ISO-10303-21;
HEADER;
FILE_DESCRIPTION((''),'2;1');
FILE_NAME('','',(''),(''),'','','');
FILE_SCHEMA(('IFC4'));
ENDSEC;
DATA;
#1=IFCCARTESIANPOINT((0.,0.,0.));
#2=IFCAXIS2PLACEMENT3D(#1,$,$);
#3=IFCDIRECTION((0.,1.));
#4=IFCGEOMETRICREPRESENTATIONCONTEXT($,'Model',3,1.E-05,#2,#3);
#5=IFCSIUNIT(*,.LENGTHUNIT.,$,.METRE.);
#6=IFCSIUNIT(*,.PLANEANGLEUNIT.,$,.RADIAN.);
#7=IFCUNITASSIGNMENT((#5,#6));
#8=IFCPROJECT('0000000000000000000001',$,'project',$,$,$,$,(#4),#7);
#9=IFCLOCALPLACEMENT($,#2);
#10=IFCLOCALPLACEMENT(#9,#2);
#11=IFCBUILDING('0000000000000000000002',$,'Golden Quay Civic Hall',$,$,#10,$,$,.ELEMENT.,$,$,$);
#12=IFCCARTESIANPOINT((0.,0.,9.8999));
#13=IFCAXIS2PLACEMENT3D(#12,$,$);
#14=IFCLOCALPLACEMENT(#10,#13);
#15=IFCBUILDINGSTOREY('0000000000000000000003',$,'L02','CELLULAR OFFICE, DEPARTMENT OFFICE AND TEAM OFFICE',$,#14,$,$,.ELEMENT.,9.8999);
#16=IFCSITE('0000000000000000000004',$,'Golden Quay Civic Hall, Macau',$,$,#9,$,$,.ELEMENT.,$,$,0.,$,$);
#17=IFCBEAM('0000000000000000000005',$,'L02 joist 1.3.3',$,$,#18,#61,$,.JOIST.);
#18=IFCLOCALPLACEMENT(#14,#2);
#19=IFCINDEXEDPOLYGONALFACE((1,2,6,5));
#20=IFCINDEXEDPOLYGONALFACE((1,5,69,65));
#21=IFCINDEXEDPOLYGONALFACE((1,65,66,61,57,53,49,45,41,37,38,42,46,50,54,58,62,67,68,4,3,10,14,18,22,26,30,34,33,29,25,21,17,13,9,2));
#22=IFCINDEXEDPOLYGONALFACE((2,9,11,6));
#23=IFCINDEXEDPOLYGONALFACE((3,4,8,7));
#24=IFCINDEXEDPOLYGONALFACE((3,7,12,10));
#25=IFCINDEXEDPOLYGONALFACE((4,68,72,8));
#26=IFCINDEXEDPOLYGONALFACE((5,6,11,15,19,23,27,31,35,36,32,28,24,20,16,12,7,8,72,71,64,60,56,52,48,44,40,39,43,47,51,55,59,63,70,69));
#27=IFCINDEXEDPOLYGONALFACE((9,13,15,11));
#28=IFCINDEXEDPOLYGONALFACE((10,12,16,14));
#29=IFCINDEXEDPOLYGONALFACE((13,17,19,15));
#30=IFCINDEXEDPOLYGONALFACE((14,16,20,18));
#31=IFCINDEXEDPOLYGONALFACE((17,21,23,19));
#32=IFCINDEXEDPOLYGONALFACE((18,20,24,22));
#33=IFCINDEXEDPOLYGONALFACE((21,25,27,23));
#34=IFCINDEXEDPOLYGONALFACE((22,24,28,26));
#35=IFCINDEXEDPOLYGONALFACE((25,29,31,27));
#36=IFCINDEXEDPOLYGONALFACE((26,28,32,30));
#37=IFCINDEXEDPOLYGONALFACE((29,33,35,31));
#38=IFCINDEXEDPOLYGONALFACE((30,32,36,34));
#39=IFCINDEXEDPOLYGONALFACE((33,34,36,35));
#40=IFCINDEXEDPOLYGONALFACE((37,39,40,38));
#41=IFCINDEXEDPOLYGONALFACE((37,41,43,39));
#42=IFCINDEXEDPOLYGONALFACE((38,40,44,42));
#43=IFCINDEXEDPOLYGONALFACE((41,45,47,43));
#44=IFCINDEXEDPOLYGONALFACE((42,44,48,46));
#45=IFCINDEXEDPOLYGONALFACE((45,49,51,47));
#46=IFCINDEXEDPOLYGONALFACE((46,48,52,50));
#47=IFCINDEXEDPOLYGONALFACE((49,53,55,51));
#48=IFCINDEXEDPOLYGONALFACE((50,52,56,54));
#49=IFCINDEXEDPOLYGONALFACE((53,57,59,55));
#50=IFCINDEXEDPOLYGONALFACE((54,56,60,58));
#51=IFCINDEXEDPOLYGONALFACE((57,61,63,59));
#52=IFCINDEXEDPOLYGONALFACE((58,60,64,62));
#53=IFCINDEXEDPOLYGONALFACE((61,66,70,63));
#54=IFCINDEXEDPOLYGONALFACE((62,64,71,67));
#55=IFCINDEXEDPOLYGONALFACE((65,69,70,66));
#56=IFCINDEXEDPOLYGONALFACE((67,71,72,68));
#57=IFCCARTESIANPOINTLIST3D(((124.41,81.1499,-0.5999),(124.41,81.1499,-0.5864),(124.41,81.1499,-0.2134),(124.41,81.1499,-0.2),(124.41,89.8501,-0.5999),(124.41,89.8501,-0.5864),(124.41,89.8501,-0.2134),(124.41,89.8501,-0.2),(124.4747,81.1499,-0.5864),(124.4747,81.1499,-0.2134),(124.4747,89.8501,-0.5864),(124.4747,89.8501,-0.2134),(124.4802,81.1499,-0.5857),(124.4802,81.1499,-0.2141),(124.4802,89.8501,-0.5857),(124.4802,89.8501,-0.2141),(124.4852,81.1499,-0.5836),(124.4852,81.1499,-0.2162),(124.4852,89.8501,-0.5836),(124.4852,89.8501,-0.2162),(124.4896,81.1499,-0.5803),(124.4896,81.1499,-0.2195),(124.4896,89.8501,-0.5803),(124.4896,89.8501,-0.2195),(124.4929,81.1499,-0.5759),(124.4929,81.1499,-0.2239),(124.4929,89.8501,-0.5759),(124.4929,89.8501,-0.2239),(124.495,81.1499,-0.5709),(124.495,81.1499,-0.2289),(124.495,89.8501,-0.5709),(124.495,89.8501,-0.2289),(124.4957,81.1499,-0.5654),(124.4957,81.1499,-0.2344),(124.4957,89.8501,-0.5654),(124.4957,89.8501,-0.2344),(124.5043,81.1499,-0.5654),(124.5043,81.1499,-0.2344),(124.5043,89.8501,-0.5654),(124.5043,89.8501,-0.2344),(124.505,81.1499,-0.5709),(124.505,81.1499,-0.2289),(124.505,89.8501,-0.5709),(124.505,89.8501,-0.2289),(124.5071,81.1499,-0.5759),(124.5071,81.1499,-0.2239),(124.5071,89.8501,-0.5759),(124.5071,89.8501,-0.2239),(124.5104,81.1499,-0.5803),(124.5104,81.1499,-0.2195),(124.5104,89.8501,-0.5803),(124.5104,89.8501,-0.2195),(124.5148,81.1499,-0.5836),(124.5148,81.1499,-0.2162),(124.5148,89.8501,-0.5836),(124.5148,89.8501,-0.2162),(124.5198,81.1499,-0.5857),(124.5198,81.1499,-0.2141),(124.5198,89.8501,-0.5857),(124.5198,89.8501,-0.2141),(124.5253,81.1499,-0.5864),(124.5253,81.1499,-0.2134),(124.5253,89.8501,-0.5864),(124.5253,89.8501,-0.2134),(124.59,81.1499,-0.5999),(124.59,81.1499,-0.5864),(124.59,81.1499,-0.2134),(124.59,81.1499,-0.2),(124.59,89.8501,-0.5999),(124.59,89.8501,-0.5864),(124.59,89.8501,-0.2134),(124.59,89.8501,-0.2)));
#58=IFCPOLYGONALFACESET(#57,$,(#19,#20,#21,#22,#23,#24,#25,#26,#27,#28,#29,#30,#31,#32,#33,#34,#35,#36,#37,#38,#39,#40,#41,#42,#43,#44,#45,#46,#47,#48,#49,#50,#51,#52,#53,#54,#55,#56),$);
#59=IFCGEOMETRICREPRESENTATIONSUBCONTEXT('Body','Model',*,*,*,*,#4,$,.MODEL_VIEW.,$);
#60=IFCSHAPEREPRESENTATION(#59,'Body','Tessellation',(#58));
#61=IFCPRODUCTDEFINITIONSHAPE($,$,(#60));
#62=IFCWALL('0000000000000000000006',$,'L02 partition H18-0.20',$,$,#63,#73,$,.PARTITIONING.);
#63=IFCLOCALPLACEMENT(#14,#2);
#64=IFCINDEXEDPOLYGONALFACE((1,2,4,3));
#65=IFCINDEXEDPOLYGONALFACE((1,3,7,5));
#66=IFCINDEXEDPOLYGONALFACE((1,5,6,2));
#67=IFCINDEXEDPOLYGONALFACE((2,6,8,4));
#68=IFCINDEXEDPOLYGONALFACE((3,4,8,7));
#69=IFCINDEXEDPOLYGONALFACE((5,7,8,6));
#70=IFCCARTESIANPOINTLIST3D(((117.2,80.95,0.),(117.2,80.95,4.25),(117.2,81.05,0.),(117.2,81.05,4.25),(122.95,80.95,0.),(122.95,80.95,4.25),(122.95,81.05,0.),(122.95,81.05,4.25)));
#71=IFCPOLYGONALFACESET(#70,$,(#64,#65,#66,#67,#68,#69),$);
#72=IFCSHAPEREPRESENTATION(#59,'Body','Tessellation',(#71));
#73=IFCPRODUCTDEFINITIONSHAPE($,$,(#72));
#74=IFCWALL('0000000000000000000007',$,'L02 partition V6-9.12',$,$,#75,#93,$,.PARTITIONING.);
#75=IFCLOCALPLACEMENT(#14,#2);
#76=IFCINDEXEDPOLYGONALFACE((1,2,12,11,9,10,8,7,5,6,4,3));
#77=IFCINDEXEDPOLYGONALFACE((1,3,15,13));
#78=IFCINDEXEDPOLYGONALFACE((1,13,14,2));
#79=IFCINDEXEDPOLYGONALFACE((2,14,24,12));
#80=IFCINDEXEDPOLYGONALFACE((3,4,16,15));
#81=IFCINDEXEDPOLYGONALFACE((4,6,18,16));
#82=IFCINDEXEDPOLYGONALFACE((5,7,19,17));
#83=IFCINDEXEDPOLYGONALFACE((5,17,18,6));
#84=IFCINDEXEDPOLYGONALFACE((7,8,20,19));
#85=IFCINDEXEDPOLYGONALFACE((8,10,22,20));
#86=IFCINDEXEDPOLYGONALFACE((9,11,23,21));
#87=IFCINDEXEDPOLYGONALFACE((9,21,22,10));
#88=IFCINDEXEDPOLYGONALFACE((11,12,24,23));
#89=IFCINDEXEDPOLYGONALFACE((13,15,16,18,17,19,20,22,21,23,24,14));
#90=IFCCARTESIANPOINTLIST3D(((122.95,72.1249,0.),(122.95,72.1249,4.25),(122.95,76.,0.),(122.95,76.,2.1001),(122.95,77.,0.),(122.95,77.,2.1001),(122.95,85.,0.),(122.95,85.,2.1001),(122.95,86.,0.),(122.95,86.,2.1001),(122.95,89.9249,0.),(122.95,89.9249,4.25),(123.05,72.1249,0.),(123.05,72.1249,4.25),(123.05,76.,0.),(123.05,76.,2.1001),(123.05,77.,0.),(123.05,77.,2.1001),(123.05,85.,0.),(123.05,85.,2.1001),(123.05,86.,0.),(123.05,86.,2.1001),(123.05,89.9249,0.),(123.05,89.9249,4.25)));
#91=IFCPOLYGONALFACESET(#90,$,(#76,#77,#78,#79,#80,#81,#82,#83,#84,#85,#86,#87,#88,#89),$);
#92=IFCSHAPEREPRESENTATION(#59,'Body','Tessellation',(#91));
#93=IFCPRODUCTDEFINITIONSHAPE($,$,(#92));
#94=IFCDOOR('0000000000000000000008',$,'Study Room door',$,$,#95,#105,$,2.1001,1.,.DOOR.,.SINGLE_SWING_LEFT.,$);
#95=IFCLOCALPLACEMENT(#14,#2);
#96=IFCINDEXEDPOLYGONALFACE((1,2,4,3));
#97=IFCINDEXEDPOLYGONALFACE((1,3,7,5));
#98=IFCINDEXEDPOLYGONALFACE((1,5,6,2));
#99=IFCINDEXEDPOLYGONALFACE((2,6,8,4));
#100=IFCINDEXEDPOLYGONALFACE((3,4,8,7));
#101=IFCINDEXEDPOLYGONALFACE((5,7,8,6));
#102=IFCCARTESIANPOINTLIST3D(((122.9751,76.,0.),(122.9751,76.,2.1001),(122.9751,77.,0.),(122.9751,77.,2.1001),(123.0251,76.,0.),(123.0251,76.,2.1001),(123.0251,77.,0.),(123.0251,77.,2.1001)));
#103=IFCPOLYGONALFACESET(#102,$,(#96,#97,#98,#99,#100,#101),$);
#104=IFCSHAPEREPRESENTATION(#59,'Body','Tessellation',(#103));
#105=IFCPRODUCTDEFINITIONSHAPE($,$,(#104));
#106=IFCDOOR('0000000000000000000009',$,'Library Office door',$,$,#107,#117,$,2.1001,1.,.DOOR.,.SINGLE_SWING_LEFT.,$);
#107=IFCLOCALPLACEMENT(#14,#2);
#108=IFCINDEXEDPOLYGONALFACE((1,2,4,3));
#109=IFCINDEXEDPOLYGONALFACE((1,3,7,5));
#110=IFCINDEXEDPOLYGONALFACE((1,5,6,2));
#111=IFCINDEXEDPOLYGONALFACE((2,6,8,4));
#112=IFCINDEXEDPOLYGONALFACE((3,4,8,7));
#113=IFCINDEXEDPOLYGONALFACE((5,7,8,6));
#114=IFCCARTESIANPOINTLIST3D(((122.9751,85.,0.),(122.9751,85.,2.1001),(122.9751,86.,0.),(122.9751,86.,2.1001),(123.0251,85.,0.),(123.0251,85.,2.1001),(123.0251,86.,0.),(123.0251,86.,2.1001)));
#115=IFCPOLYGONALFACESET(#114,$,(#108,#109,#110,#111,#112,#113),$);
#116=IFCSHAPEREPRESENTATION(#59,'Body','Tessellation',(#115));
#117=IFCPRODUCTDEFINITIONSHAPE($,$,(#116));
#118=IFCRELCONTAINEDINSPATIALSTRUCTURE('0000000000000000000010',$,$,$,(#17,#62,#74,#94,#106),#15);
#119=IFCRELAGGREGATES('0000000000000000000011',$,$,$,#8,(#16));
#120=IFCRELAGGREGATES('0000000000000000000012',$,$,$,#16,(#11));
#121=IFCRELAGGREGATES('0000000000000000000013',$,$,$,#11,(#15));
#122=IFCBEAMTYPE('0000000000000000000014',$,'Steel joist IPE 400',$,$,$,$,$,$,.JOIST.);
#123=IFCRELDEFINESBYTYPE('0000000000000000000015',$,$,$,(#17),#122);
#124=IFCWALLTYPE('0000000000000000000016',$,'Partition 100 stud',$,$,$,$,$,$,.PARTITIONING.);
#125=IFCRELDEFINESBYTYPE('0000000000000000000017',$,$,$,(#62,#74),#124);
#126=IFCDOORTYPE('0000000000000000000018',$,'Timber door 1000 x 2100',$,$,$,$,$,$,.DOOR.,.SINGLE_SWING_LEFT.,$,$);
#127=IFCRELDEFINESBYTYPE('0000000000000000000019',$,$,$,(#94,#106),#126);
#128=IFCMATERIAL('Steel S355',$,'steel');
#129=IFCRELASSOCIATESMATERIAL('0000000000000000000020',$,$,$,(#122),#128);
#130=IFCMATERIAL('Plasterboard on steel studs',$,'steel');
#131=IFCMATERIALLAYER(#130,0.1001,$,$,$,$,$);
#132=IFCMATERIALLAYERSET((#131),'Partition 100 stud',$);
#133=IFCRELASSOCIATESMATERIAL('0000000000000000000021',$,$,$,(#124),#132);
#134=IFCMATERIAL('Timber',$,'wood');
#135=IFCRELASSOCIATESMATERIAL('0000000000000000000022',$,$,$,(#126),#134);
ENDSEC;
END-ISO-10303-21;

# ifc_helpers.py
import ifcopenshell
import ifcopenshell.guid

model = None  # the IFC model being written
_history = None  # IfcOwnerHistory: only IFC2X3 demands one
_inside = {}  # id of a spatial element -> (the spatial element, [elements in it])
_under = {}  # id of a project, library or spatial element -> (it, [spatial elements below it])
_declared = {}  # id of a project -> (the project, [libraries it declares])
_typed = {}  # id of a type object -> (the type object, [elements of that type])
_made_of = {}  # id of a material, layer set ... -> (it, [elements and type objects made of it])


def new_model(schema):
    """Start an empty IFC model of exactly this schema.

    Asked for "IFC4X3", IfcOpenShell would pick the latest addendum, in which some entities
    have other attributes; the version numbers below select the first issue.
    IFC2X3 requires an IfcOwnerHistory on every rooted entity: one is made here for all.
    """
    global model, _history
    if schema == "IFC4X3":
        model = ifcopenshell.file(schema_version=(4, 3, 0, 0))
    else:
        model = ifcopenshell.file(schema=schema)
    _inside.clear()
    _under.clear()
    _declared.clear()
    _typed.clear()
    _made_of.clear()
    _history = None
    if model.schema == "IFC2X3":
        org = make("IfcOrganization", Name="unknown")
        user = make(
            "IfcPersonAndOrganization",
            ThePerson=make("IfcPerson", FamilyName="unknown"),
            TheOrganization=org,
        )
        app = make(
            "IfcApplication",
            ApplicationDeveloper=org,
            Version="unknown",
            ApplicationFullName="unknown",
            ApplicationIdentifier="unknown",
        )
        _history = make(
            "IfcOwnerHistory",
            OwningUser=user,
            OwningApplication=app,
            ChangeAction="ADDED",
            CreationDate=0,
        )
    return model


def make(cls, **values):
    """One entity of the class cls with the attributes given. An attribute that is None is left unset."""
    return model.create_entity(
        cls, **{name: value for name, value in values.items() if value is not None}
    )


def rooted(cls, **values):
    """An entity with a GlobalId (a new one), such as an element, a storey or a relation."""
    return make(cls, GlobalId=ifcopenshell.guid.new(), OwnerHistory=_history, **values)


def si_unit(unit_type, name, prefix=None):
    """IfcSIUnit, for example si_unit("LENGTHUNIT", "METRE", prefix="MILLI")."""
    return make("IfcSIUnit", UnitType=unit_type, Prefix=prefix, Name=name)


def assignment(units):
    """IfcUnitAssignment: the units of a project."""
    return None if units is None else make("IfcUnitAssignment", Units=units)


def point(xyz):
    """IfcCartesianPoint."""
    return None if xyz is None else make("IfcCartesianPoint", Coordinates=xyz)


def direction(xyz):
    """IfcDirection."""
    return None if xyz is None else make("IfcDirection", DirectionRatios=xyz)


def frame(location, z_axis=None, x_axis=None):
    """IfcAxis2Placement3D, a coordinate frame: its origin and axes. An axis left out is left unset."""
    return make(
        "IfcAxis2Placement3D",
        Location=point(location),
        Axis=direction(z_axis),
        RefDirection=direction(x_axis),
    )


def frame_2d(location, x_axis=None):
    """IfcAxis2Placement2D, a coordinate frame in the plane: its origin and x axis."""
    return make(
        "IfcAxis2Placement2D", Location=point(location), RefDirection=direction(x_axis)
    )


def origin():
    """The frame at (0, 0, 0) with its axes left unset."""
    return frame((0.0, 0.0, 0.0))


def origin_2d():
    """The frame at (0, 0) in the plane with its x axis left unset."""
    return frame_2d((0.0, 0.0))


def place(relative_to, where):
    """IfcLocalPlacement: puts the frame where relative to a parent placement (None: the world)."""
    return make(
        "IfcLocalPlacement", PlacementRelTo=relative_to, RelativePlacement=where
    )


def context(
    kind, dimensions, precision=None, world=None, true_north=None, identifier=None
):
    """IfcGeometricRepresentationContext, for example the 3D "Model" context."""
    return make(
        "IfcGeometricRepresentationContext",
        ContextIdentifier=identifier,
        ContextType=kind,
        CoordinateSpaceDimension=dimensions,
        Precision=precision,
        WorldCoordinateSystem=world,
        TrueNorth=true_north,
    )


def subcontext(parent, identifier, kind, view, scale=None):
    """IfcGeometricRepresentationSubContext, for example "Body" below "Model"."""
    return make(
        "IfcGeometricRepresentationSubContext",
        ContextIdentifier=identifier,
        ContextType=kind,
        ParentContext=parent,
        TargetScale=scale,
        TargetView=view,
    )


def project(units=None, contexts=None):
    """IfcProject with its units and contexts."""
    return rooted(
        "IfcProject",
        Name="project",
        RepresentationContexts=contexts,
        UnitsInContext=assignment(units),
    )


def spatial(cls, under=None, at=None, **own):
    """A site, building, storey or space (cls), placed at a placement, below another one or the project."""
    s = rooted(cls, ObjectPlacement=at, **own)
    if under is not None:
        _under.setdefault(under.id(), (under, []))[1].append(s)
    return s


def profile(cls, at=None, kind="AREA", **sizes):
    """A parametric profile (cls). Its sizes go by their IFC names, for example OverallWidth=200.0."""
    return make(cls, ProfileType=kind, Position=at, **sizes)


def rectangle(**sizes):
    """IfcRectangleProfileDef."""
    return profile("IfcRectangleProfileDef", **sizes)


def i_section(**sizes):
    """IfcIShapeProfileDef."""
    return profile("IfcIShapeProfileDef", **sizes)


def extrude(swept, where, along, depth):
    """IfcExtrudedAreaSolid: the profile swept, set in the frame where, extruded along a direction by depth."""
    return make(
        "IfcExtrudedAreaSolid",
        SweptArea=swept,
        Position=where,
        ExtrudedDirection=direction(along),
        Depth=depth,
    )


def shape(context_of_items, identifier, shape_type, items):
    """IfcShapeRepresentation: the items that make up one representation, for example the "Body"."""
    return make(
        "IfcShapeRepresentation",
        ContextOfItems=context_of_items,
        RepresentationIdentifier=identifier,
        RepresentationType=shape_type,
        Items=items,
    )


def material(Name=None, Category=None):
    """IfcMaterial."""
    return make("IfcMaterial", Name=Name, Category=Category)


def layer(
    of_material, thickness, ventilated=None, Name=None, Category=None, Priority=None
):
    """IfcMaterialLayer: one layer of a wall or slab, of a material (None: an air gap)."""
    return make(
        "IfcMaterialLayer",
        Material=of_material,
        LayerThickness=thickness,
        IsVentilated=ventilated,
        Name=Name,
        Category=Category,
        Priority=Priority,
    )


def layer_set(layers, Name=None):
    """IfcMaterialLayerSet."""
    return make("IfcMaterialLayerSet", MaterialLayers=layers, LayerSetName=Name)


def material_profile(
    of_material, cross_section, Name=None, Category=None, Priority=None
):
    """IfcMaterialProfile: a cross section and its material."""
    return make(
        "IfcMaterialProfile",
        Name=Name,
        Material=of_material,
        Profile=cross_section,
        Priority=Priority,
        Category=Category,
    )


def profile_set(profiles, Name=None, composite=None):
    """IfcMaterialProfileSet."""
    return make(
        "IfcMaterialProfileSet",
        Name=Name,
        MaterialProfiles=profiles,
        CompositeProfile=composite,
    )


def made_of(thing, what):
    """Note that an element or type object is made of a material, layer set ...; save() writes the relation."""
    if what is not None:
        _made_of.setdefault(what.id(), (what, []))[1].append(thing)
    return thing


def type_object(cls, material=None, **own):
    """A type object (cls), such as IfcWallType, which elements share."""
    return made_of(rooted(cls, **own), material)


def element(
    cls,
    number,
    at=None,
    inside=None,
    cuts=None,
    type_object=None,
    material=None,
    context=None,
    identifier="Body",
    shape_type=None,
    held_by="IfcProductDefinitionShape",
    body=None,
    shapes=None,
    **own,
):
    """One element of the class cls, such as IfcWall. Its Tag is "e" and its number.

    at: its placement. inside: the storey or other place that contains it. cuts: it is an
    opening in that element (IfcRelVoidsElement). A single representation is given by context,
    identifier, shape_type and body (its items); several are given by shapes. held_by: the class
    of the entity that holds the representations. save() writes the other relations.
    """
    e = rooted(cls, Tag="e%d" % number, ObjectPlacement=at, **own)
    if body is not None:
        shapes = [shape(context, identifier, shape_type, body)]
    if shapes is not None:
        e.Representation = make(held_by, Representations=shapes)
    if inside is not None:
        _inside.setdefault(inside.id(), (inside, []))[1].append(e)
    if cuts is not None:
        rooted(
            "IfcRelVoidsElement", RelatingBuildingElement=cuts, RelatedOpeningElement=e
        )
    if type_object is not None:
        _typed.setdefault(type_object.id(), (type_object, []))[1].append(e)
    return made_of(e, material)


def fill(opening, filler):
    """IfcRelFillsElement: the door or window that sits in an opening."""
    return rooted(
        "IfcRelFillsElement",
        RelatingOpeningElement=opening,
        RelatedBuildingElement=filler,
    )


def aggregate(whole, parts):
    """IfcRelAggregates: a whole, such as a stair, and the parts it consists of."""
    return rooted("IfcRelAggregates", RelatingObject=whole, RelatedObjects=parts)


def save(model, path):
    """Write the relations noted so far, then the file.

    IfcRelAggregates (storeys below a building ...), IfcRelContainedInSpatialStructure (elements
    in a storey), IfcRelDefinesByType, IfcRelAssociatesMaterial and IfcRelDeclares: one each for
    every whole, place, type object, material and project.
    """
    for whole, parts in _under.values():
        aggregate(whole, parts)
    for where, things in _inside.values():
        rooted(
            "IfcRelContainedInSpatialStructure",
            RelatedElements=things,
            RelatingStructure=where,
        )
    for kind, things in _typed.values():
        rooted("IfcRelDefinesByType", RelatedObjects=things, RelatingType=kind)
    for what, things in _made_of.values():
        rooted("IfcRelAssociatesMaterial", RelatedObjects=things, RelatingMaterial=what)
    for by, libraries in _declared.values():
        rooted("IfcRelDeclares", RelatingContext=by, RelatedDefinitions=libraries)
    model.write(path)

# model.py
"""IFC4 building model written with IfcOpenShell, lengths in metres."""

from ifc_helpers import new_model, si_unit, direction, frame, frame_2d, origin, origin_2d, place, context, subcontext, project, spatial, rectangle, i_section, extrude, material, layer, layer_set, material_profile, profile_set, type_object, element, fill, save


model = new_model("IFC4")

# Units and contexts
model_context = context("Model", 3, precision=1e-05, world=origin(), true_north=direction((0.0, 1.0)))
body_context = subcontext(model_context, "Body", "Model", "MODEL_VIEW")
ifc_project = project(units=[si_unit("LENGTHUNIT", "METRE"), si_unit("PLANEANGLEUNIT", "RADIAN")], contexts=[model_context])

# Site, building, storey
site_placement = place(None, origin())
site = spatial("IfcSite", under=ifc_project, at=site_placement, Name="Golden Quay Civic Hall, Macau", CompositionType="ELEMENT", RefElevation=0.0)
building_placement = place(site_placement, origin())
building = spatial("IfcBuilding", under=site, at=building_placement, Name="Golden Quay Civic Hall", CompositionType="ELEMENT")
storey_placement = place(building_placement, frame((0.0, 0.0, 9.8999)))
storey = spatial("IfcBuildingStorey", under=building, at=storey_placement, Name="L02", Description="CELLULAR OFFICE, DEPARTMENT OFFICE AND TEAM OFFICE", CompositionType="ELEMENT", Elevation=9.8999)

# Beam
ifc_material_1 = material(Name="Steel S355", Category="steel")
ifc_material_profile_1 = material_profile(ifc_material_1, i_section(OverallWidth=0.1799, OverallDepth=0.3999, WebThickness=0.0085, FlangeThickness=0.0134, FilletRadius=0.021, at=origin_2d()), Name="IPE 400")
ifc_profile_set_1 = profile_set([ifc_material_profile_1], Name="Steel S355")
beam_type_1 = type_object("IfcBeamType", Name="Steel joist IPE 400", PredefinedType="JOIST", material=ifc_profile_set_1)
for number, where, z_axis, x_axis, name in (
    (1, (124.5, 81.1499, -0.3999), (0.0, 1.0, 0.0), (-1.0, 0.0, 0.0), "L02 joist 1.3.3"),
):
    element("IfcBeam", number, at=place(storey_placement, frame(where, z_axis=z_axis, x_axis=x_axis)), inside=storey, type_object=beam_type_1, Name=name, PredefinedType="JOIST", context=body_context, shape_type="SweptSolid", body=[
        extrude(i_section(OverallWidth=0.1799, OverallDepth=0.3999, WebThickness=0.0085, FlangeThickness=0.0134, FilletRadius=0.021, at=origin_2d()), origin(), (0.0, 0.0, 1.0), 8.7002),
    ])

# Wall
ifc_material_2 = material(Name="Plasterboard on steel studs", Category="steel")
ifc_layer = layer(ifc_material_2, 0.1001)
ifc_layer_set = layer_set([ifc_layer], Name="Partition 100 stud")
wall_type = type_object("IfcWallType", Name="Partition 100 stud", PredefinedType="PARTITIONING", material=ifc_layer_set)
wall_1_placement = place(storey_placement, frame((117.2, 81.0, 0.0), z_axis=(0.0, 0.0, 1.0), x_axis=(1.0, 0.0, 0.0)))
element("IfcWall", 2, at=wall_1_placement, inside=storey, type_object=wall_type, Name="L02 partition H18-0.20", PredefinedType="PARTITIONING", context=body_context, shape_type="SweptSolid", body=[
    extrude(rectangle(XDim=5.75, YDim=0.1001, at=frame_2d((2.875, 0.0))), origin(), (0.0, 0.0, 1.0), 4.25),
])

# Wall, openings, doors
wall_2_placement = place(storey_placement, frame((123.0, 72.125, 0.0), z_axis=(0.0, 0.0, 1.0), x_axis=(0.0, 1.0, 0.0)))
wall_2 = element("IfcWall", 3, at=wall_2_placement, inside=storey, type_object=wall_type, Name="L02 partition V6-9.12", PredefinedType="PARTITIONING", context=body_context, shape_type="SweptSolid", body=[
    extrude(rectangle(XDim=17.8, YDim=0.1001, at=frame_2d((8.8999, 0.0))), origin(), (0.0, 0.0, 1.0), 4.25),
])
opening_1_placement = place(wall_2_placement, frame((3.875, 0.0, 0.0)))
opening_1 = element("IfcOpeningElement", 4, at=opening_1_placement, cuts=wall_2, PredefinedType="OPENING", context=body_context, shape_type="SweptSolid", body=[
    extrude(rectangle(XDim=1.0, YDim=2.1001, at=frame_2d((0.5, 1.05))), frame((0.0, 0.0601, 0.0), z_axis=(0.0, -1.0, 0.0), x_axis=(1.0, 0.0, 0.0)), (0.0, 0.0, 1.0), 0.1201),
])
opening_2_placement = place(wall_2_placement, frame((12.875, 0.0, 0.0)))
opening_2 = element("IfcOpeningElement", 5, at=opening_2_placement, cuts=wall_2, PredefinedType="OPENING", context=body_context, shape_type="SweptSolid", body=[
    extrude(rectangle(XDim=1.0, YDim=2.1001, at=frame_2d((0.5, 1.05))), frame((0.0, 0.0601, 0.0), z_axis=(0.0, -1.0, 0.0), x_axis=(1.0, 0.0, 0.0)), (0.0, 0.0, 1.0), 0.1201),
])
ifc_material_3 = material(Name="Timber", Category="wood")
door_type = type_object("IfcDoorType", Name="Timber door 1000 x 2100", OperationType="SINGLE_SWING_LEFT", PredefinedType="DOOR", material=ifc_material_3)
door_1_placement = place(opening_1_placement, origin())
door_1 = element("IfcDoor", 6, at=door_1_placement, inside=storey, type_object=door_type, Name="Study Room door", OperationType="SINGLE_SWING_LEFT", OverallHeight=2.1001, OverallWidth=1.0, PredefinedType="DOOR", context=body_context, shape_type="SweptSolid", body=[
    extrude(rectangle(XDim=1.0, YDim=2.1001, at=frame_2d((0.5, 1.05))), frame((0.0, 0.0249, 0.0), z_axis=(0.0, -1.0, 0.0), x_axis=(1.0, 0.0, 0.0)), (0.0, 0.0, 1.0), 0.05),
])
fill(opening_1, door_1)
door_2_placement = place(opening_2_placement, origin())
door_2 = element("IfcDoor", 7, at=door_2_placement, inside=storey, type_object=door_type, Name="Library Office door", OperationType="SINGLE_SWING_LEFT", OverallHeight=2.1001, OverallWidth=1.0, PredefinedType="DOOR", context=body_context, shape_type="SweptSolid", body=[
    extrude(rectangle(XDim=1.0, YDim=2.1001, at=frame_2d((0.5, 1.05))), frame((0.0, 0.0249, 0.0), z_axis=(0.0, -1.0, 0.0), x_axis=(1.0, 0.0, 0.0)), (0.0, 0.0, 1.0), 0.05),
])
fill(opening_2, door_2)

save(model, "model.ifc")
